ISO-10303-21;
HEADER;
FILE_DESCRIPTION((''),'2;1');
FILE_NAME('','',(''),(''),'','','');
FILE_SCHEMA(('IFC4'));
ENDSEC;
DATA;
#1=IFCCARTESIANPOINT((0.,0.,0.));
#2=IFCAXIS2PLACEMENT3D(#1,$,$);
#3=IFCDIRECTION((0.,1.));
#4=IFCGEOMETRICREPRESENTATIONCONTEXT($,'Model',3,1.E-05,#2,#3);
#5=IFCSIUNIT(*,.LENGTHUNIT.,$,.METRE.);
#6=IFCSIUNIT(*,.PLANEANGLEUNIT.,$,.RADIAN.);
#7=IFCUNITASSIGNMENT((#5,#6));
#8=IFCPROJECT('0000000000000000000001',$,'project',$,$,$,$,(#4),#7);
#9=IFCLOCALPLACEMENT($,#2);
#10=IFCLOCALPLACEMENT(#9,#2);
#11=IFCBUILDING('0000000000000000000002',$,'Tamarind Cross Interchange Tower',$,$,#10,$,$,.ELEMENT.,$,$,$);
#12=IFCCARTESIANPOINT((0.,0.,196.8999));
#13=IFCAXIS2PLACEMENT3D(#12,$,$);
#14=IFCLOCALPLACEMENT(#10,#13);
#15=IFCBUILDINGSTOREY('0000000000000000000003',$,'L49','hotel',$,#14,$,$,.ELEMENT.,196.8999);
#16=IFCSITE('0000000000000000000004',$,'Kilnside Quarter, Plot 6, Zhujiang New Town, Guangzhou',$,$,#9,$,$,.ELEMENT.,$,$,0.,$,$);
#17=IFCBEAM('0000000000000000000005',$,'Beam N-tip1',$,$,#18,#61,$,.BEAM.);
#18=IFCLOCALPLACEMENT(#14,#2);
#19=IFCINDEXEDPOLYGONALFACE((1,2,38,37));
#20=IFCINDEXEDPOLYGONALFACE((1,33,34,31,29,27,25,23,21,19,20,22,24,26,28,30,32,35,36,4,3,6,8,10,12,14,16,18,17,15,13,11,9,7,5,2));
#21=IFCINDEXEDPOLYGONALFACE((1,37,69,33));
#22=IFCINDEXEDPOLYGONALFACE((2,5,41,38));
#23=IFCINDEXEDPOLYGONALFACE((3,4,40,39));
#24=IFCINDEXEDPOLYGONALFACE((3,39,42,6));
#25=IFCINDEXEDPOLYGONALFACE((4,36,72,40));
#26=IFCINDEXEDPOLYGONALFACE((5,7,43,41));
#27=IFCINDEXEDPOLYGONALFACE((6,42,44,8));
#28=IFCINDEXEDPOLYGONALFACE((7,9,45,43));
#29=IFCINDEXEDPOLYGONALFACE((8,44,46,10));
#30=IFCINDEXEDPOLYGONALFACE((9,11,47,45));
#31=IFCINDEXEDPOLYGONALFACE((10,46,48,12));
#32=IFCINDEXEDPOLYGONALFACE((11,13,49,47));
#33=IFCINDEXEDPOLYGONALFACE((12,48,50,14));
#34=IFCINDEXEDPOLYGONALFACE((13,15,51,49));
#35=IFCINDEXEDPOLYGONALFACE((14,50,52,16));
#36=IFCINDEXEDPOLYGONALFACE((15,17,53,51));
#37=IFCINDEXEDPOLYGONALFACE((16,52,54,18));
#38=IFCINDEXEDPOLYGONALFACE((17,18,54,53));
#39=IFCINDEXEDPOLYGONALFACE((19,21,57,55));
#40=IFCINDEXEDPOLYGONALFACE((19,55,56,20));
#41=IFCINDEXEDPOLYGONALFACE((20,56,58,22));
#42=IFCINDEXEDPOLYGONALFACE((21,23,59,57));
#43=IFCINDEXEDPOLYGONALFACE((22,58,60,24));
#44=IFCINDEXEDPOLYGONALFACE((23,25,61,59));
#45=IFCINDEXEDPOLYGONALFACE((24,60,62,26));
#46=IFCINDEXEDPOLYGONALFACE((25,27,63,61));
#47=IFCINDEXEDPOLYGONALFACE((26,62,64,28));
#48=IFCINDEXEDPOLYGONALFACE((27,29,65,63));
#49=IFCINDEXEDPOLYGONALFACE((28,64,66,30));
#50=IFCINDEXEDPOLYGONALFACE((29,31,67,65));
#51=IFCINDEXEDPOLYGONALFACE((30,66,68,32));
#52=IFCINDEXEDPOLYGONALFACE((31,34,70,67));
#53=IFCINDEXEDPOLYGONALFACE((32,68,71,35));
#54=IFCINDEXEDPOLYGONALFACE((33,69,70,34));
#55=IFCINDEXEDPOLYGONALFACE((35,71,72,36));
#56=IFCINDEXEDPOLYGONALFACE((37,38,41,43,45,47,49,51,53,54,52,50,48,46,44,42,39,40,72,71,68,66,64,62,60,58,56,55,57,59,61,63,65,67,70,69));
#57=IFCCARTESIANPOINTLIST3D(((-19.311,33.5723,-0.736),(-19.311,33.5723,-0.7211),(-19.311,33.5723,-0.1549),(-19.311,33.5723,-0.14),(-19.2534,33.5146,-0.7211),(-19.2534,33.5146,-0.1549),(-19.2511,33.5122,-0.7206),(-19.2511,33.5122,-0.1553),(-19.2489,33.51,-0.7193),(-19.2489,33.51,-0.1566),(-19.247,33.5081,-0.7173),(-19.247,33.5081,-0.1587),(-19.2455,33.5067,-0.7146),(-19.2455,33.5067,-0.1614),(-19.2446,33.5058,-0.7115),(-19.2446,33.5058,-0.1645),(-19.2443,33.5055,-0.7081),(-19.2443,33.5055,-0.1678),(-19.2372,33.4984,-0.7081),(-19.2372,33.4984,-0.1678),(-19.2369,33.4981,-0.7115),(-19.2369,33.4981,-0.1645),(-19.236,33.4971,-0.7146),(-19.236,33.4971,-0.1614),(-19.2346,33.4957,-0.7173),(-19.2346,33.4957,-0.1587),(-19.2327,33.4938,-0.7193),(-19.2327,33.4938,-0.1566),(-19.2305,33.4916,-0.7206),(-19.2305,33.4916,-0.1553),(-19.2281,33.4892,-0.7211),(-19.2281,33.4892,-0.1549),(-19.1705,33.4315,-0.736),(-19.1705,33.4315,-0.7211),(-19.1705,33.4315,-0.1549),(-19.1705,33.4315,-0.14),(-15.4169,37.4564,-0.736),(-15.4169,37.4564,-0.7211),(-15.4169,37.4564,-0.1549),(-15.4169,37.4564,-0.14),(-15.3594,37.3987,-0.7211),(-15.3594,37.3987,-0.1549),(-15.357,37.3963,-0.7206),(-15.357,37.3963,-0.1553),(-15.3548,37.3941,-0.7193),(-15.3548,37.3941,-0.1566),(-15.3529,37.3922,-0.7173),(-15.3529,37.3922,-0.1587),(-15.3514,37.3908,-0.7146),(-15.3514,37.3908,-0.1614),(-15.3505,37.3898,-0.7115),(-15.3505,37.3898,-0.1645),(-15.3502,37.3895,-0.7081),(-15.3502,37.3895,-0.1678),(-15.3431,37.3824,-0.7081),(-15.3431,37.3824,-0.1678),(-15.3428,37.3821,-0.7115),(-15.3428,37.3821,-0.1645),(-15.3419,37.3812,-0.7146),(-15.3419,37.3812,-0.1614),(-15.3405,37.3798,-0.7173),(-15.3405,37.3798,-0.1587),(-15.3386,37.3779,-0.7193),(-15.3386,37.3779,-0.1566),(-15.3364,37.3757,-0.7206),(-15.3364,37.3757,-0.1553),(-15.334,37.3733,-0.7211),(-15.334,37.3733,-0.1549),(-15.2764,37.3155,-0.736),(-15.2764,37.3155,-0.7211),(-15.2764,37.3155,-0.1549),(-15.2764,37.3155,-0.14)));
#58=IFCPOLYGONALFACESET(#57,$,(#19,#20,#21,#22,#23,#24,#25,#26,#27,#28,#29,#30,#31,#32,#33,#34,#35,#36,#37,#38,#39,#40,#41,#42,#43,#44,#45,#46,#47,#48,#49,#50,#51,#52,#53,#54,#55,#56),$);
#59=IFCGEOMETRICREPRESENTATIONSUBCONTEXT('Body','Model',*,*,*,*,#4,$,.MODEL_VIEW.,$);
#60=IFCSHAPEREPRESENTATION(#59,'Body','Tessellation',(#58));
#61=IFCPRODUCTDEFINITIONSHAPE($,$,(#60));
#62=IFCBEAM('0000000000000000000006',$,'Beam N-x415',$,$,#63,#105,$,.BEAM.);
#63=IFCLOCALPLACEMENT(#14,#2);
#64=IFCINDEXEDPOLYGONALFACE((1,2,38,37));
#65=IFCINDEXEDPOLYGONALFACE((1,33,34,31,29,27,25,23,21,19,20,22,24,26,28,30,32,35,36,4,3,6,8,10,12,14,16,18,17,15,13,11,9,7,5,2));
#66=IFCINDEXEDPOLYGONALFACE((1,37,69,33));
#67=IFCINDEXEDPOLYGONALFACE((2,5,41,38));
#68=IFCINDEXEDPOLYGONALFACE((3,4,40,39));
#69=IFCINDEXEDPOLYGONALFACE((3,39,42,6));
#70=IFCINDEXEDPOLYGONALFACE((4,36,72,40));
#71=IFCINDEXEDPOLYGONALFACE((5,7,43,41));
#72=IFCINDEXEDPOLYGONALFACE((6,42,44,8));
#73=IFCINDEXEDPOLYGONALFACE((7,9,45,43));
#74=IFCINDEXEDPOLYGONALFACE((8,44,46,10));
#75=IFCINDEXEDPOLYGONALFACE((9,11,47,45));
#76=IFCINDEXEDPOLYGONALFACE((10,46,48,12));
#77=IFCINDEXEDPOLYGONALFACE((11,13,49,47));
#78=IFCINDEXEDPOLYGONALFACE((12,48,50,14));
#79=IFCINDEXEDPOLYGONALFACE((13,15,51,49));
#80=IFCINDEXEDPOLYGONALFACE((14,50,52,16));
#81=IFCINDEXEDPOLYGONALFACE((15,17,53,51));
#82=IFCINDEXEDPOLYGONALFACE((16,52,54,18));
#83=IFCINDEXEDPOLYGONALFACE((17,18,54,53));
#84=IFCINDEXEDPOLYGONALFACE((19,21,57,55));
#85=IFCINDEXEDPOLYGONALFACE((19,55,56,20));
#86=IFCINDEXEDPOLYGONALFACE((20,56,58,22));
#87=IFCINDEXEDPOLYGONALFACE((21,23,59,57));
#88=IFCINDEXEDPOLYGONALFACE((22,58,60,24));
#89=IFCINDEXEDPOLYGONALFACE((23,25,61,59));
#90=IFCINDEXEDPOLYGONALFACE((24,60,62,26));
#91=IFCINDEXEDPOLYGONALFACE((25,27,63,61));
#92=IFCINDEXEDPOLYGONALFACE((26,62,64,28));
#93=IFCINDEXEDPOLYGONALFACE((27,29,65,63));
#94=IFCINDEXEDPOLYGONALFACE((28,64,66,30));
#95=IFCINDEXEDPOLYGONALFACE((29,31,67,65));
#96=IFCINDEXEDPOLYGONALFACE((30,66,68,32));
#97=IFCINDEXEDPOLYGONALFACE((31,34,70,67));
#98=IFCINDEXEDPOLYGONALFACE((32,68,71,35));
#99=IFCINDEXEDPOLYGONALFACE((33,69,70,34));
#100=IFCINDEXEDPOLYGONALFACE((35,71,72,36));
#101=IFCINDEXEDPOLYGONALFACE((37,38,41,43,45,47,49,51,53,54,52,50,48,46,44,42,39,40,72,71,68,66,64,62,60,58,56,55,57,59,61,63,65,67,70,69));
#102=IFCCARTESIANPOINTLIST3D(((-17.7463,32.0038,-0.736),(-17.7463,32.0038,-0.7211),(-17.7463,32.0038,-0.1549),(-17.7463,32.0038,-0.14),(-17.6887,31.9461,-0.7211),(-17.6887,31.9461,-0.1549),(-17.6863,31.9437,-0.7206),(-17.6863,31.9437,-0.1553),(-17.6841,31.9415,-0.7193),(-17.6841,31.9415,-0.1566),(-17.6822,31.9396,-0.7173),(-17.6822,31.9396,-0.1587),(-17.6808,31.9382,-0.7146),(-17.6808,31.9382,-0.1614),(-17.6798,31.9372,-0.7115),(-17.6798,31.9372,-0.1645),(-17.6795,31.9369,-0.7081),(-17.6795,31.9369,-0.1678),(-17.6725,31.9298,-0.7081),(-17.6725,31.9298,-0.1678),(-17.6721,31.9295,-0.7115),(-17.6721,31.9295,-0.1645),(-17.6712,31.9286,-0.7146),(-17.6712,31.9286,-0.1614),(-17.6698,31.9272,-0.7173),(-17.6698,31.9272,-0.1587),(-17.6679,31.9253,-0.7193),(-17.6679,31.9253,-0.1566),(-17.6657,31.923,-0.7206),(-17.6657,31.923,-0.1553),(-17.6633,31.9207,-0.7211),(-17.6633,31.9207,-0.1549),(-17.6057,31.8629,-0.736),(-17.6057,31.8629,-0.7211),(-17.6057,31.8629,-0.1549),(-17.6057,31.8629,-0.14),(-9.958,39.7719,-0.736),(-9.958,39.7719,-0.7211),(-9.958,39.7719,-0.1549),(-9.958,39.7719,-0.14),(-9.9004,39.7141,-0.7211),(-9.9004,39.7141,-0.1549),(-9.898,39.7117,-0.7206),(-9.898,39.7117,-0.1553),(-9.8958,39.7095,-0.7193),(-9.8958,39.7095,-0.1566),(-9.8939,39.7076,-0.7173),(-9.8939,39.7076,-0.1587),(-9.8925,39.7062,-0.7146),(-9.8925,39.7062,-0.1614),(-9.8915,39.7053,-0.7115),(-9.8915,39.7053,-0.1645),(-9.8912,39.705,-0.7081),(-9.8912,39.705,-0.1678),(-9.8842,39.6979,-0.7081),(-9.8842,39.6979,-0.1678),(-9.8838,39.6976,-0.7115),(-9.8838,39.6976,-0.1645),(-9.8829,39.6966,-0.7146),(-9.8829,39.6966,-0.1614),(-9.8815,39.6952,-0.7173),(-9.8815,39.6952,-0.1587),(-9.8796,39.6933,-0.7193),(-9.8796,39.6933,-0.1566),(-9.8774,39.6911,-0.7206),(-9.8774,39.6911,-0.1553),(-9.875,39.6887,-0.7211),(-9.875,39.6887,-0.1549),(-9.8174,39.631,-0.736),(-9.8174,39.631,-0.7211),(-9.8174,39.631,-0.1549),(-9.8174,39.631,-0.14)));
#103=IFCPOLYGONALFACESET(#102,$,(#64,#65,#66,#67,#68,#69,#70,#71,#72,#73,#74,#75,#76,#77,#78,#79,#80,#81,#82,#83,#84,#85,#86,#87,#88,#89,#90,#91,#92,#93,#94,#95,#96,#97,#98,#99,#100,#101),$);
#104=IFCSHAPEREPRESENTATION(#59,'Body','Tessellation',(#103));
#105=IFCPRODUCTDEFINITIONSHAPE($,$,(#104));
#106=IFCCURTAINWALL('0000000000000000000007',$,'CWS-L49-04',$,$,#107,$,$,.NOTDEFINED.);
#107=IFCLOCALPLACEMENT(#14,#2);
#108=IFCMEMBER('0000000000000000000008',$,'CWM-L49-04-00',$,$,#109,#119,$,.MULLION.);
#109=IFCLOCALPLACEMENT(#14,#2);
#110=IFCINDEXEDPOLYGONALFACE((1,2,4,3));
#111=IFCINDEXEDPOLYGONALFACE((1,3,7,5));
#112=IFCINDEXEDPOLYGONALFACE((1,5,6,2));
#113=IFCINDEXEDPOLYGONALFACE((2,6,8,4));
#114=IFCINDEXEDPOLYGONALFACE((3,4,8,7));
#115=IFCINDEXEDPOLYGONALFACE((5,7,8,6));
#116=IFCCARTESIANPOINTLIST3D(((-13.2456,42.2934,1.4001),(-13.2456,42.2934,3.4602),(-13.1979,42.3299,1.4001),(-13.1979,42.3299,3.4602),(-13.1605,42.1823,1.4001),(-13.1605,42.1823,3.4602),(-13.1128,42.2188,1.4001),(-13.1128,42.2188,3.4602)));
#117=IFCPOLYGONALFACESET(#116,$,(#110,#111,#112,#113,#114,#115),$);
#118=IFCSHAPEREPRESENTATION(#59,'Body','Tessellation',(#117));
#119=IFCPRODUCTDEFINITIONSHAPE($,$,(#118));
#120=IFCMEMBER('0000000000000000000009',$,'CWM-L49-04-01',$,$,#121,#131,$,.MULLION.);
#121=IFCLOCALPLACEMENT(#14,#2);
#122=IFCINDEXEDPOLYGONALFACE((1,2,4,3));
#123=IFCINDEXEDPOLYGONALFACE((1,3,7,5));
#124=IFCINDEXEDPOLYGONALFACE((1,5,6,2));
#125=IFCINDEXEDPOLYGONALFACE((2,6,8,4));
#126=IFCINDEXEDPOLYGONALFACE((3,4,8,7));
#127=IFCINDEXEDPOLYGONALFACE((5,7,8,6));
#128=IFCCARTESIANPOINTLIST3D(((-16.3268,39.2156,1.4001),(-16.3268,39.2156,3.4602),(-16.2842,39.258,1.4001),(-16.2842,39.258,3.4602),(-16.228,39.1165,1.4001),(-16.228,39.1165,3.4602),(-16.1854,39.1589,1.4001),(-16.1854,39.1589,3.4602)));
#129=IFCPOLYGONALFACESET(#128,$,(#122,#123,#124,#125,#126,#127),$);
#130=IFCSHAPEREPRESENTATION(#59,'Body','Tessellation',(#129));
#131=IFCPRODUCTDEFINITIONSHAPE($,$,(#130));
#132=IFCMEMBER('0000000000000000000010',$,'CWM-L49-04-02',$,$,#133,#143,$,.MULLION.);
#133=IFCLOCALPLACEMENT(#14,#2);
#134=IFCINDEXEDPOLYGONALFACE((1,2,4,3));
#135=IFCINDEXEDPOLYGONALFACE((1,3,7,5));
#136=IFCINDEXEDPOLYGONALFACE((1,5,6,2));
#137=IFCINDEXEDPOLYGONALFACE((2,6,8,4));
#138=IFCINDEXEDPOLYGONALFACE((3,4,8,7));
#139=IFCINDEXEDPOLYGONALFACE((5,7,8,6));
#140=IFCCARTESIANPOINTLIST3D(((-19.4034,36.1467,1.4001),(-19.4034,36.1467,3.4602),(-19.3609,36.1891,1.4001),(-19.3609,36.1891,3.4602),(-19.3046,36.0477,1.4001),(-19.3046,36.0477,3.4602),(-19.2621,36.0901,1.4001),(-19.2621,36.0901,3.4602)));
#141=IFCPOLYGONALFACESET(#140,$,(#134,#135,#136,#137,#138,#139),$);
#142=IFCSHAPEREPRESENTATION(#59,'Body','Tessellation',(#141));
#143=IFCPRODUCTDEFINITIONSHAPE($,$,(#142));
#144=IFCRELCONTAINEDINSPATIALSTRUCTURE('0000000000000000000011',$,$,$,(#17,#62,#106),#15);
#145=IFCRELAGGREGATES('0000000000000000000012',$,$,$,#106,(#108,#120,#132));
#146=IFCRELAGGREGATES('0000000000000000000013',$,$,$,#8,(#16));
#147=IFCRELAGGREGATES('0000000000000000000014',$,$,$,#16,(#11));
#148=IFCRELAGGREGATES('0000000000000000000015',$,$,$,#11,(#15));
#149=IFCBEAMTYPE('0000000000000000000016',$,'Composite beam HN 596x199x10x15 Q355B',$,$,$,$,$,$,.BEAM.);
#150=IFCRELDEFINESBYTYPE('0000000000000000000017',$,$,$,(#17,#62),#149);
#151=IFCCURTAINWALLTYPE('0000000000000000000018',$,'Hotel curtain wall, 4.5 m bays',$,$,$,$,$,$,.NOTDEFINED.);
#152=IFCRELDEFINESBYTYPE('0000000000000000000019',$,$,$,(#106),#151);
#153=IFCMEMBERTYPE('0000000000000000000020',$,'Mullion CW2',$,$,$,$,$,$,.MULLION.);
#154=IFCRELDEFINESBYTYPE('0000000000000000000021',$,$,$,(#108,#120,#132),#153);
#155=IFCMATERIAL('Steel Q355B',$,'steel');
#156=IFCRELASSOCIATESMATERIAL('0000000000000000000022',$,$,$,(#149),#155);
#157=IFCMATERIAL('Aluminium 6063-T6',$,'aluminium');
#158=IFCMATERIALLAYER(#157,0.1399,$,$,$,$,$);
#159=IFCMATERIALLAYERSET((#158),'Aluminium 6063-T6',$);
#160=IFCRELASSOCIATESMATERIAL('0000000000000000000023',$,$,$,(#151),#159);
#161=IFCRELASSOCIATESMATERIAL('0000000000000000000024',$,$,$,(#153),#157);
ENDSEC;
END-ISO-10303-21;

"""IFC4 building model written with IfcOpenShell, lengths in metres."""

from ifc_helpers import new_model, si_unit, direction, frame, origin, origin_2d, place, context, subcontext, project, spatial, rectangle, i_section, extrude, material, layer, layer_set, material_profile, profile_set, type_object, element, aggregate, save


model = new_model("IFC4")

# Units and contexts
model_context = context("Model", 3, precision=1e-05, world=origin(), true_north=direction((0.0, 1.0)))
body_context = subcontext(model_context, "Body", "Model", "MODEL_VIEW")
ifc_project = project(units=[si_unit("LENGTHUNIT", "METRE"), si_unit("PLANEANGLEUNIT", "RADIAN")], contexts=[model_context])

# Site, building, storey
site_placement = place(None, origin())
site = spatial("IfcSite", under=ifc_project, at=site_placement, Name="Kilnside Quarter, Plot 6, Zhujiang New Town, Guangzhou", CompositionType="ELEMENT", RefElevation=0.0)
building_placement = place(site_placement, origin())
building = spatial("IfcBuilding", under=site, at=building_placement, Name="Tamarind Cross Interchange Tower", CompositionType="ELEMENT")
storey_placement = place(building_placement, frame((0.0, 0.0, 196.8999)))
storey = spatial("IfcBuildingStorey", under=building, at=storey_placement, Name="L49", Description="hotel", CompositionType="ELEMENT", Elevation=196.8999)

# Beams
ifc_material_1 = material(Name="Steel Q355B", Category="steel")
ifc_material_profile_1 = material_profile(ifc_material_1, i_section(OverallWidth=0.199, OverallDepth=0.5959, WebThickness=0.01, FlangeThickness=0.0149, FilletRadius=0.0129, at=origin_2d()), Name="HN 596x199x10x15")
ifc_profile_set_1 = profile_set([ifc_material_profile_1], Name="Steel Q355B")
beam_type_1 = type_object("IfcBeamType", Name="Composite beam HN 596x199x10x15 Q355B", PredefinedType="BEAM", material=ifc_profile_set_1)
for number, where, z_axis, x_axis, name in (
    (1, (-15.3467, 37.386, -0.438), (-0.708016, -0.706196, 0.0), (0.706196, -0.708016, 0.0), "Beam N-tip1"),
):
    element("IfcBeam", number, at=place(storey_placement, frame(where, z_axis=z_axis, x_axis=x_axis)), inside=storey, type_object=beam_type_1, Name=name, PredefinedType="BEAM", context=body_context, shape_type="SweptSolid", body=[
        extrude(i_section(OverallWidth=0.199, OverallDepth=0.5959, WebThickness=0.01, FlangeThickness=0.0149, FilletRadius=0.0129, at=origin_2d()), origin(), (0.0, 0.0, 1.0), 5.5),
    ])
beam_1_placement = place(storey_placement, frame((-9.8877, 39.7014, -0.438), z_axis=(-0.708027, -0.706185, 0.0), x_axis=(0.706185, -0.708027, 0.0)))
element("IfcBeam", 2, at=beam_1_placement, inside=storey, type_object=beam_type_1, Name="Beam N-x415", PredefinedType="BEAM", context=body_context, shape_type="SweptSolid", body=[
    extrude(i_section(OverallWidth=0.199, OverallDepth=0.5959, WebThickness=0.01, FlangeThickness=0.0149, FilletRadius=0.0129, at=origin_2d()), origin(), (0.0, 0.0, 1.0), 11.0),
])

# Curtain wall, members
ifc_material_2 = material(Name="Aluminium 6063-T6", Category="aluminium")
ifc_layer_1 = layer(ifc_material_2, 0.1399)
ifc_layer_set_1 = layer_set([ifc_layer_1], Name="Aluminium 6063-T6")
curtain_wall_type = type_object("IfcCurtainWallType", Name="Hotel curtain wall, 4.5 m bays", PredefinedType="NOTDEFINED", material=ifc_layer_set_1)
curtain_wall_placement = place(storey_placement, origin())
curtain_wall = element("IfcCurtainWall", 3, at=curtain_wall_placement, inside=storey, type_object=curtain_wall_type, Name="CWS-L49-04", PredefinedType="NOTDEFINED")
ifc_material_profile_2 = material_profile(ifc_material_2, rectangle(XDim=0.0601, YDim=0.1399, at=origin_2d()), Name="Mullion CW2")
ifc_profile_set_2 = profile_set([ifc_material_profile_2], Name="Aluminium 6063-T6")
member_type = type_object("IfcMemberType", Name="Mullion CW2", PredefinedType="MULLION", material=ifc_profile_set_2)
member_1_placement = place(storey_placement, frame((-13.1792, 42.2561, 1.4001), z_axis=(0.0, 0.0, 1.0), x_axis=(-0.794135, -0.607742, 0.0)))
member_1 = element("IfcMember", 4, at=member_1_placement, type_object=member_type, Name="CWM-L49-04-00", PredefinedType="MULLION", context=body_context, shape_type="SweptSolid", body=[
    extrude(rectangle(XDim=0.0601, YDim=0.1399, at=origin_2d()), origin(), (0.0, 0.0, 1.0), 2.0601),
])
member_2_placement = place(storey_placement, frame((-16.2561, 39.1873, 1.4001), z_axis=(0.0, 0.0, 1.0), x_axis=(-0.708015, -0.706198, 0.0)))
member_2 = element("IfcMember", 5, at=member_2_placement, type_object=member_type, Name="CWM-L49-04-01", PredefinedType="MULLION", context=body_context, shape_type="SweptSolid", body=[
    extrude(rectangle(XDim=0.0601, YDim=0.1399, at=origin_2d()), origin(), (0.0, 0.0, 1.0), 2.0601),
])
member_3_placement = place(storey_placement, frame((-19.3328, 36.1184, 1.4001), z_axis=(0.0, 0.0, 1.0), x_axis=(-0.708015, -0.706198, 0.0)))
member_3 = element("IfcMember", 6, at=member_3_placement, type_object=member_type, Name="CWM-L49-04-02", PredefinedType="MULLION", context=body_context, shape_type="SweptSolid", body=[
    extrude(rectangle(XDim=0.0601, YDim=0.1399, at=origin_2d()), origin(), (0.0, 0.0, 1.0), 2.0601),
])
aggregate(curtain_wall, [member_1, member_2, member_3])

save(model, "model.ifc")
